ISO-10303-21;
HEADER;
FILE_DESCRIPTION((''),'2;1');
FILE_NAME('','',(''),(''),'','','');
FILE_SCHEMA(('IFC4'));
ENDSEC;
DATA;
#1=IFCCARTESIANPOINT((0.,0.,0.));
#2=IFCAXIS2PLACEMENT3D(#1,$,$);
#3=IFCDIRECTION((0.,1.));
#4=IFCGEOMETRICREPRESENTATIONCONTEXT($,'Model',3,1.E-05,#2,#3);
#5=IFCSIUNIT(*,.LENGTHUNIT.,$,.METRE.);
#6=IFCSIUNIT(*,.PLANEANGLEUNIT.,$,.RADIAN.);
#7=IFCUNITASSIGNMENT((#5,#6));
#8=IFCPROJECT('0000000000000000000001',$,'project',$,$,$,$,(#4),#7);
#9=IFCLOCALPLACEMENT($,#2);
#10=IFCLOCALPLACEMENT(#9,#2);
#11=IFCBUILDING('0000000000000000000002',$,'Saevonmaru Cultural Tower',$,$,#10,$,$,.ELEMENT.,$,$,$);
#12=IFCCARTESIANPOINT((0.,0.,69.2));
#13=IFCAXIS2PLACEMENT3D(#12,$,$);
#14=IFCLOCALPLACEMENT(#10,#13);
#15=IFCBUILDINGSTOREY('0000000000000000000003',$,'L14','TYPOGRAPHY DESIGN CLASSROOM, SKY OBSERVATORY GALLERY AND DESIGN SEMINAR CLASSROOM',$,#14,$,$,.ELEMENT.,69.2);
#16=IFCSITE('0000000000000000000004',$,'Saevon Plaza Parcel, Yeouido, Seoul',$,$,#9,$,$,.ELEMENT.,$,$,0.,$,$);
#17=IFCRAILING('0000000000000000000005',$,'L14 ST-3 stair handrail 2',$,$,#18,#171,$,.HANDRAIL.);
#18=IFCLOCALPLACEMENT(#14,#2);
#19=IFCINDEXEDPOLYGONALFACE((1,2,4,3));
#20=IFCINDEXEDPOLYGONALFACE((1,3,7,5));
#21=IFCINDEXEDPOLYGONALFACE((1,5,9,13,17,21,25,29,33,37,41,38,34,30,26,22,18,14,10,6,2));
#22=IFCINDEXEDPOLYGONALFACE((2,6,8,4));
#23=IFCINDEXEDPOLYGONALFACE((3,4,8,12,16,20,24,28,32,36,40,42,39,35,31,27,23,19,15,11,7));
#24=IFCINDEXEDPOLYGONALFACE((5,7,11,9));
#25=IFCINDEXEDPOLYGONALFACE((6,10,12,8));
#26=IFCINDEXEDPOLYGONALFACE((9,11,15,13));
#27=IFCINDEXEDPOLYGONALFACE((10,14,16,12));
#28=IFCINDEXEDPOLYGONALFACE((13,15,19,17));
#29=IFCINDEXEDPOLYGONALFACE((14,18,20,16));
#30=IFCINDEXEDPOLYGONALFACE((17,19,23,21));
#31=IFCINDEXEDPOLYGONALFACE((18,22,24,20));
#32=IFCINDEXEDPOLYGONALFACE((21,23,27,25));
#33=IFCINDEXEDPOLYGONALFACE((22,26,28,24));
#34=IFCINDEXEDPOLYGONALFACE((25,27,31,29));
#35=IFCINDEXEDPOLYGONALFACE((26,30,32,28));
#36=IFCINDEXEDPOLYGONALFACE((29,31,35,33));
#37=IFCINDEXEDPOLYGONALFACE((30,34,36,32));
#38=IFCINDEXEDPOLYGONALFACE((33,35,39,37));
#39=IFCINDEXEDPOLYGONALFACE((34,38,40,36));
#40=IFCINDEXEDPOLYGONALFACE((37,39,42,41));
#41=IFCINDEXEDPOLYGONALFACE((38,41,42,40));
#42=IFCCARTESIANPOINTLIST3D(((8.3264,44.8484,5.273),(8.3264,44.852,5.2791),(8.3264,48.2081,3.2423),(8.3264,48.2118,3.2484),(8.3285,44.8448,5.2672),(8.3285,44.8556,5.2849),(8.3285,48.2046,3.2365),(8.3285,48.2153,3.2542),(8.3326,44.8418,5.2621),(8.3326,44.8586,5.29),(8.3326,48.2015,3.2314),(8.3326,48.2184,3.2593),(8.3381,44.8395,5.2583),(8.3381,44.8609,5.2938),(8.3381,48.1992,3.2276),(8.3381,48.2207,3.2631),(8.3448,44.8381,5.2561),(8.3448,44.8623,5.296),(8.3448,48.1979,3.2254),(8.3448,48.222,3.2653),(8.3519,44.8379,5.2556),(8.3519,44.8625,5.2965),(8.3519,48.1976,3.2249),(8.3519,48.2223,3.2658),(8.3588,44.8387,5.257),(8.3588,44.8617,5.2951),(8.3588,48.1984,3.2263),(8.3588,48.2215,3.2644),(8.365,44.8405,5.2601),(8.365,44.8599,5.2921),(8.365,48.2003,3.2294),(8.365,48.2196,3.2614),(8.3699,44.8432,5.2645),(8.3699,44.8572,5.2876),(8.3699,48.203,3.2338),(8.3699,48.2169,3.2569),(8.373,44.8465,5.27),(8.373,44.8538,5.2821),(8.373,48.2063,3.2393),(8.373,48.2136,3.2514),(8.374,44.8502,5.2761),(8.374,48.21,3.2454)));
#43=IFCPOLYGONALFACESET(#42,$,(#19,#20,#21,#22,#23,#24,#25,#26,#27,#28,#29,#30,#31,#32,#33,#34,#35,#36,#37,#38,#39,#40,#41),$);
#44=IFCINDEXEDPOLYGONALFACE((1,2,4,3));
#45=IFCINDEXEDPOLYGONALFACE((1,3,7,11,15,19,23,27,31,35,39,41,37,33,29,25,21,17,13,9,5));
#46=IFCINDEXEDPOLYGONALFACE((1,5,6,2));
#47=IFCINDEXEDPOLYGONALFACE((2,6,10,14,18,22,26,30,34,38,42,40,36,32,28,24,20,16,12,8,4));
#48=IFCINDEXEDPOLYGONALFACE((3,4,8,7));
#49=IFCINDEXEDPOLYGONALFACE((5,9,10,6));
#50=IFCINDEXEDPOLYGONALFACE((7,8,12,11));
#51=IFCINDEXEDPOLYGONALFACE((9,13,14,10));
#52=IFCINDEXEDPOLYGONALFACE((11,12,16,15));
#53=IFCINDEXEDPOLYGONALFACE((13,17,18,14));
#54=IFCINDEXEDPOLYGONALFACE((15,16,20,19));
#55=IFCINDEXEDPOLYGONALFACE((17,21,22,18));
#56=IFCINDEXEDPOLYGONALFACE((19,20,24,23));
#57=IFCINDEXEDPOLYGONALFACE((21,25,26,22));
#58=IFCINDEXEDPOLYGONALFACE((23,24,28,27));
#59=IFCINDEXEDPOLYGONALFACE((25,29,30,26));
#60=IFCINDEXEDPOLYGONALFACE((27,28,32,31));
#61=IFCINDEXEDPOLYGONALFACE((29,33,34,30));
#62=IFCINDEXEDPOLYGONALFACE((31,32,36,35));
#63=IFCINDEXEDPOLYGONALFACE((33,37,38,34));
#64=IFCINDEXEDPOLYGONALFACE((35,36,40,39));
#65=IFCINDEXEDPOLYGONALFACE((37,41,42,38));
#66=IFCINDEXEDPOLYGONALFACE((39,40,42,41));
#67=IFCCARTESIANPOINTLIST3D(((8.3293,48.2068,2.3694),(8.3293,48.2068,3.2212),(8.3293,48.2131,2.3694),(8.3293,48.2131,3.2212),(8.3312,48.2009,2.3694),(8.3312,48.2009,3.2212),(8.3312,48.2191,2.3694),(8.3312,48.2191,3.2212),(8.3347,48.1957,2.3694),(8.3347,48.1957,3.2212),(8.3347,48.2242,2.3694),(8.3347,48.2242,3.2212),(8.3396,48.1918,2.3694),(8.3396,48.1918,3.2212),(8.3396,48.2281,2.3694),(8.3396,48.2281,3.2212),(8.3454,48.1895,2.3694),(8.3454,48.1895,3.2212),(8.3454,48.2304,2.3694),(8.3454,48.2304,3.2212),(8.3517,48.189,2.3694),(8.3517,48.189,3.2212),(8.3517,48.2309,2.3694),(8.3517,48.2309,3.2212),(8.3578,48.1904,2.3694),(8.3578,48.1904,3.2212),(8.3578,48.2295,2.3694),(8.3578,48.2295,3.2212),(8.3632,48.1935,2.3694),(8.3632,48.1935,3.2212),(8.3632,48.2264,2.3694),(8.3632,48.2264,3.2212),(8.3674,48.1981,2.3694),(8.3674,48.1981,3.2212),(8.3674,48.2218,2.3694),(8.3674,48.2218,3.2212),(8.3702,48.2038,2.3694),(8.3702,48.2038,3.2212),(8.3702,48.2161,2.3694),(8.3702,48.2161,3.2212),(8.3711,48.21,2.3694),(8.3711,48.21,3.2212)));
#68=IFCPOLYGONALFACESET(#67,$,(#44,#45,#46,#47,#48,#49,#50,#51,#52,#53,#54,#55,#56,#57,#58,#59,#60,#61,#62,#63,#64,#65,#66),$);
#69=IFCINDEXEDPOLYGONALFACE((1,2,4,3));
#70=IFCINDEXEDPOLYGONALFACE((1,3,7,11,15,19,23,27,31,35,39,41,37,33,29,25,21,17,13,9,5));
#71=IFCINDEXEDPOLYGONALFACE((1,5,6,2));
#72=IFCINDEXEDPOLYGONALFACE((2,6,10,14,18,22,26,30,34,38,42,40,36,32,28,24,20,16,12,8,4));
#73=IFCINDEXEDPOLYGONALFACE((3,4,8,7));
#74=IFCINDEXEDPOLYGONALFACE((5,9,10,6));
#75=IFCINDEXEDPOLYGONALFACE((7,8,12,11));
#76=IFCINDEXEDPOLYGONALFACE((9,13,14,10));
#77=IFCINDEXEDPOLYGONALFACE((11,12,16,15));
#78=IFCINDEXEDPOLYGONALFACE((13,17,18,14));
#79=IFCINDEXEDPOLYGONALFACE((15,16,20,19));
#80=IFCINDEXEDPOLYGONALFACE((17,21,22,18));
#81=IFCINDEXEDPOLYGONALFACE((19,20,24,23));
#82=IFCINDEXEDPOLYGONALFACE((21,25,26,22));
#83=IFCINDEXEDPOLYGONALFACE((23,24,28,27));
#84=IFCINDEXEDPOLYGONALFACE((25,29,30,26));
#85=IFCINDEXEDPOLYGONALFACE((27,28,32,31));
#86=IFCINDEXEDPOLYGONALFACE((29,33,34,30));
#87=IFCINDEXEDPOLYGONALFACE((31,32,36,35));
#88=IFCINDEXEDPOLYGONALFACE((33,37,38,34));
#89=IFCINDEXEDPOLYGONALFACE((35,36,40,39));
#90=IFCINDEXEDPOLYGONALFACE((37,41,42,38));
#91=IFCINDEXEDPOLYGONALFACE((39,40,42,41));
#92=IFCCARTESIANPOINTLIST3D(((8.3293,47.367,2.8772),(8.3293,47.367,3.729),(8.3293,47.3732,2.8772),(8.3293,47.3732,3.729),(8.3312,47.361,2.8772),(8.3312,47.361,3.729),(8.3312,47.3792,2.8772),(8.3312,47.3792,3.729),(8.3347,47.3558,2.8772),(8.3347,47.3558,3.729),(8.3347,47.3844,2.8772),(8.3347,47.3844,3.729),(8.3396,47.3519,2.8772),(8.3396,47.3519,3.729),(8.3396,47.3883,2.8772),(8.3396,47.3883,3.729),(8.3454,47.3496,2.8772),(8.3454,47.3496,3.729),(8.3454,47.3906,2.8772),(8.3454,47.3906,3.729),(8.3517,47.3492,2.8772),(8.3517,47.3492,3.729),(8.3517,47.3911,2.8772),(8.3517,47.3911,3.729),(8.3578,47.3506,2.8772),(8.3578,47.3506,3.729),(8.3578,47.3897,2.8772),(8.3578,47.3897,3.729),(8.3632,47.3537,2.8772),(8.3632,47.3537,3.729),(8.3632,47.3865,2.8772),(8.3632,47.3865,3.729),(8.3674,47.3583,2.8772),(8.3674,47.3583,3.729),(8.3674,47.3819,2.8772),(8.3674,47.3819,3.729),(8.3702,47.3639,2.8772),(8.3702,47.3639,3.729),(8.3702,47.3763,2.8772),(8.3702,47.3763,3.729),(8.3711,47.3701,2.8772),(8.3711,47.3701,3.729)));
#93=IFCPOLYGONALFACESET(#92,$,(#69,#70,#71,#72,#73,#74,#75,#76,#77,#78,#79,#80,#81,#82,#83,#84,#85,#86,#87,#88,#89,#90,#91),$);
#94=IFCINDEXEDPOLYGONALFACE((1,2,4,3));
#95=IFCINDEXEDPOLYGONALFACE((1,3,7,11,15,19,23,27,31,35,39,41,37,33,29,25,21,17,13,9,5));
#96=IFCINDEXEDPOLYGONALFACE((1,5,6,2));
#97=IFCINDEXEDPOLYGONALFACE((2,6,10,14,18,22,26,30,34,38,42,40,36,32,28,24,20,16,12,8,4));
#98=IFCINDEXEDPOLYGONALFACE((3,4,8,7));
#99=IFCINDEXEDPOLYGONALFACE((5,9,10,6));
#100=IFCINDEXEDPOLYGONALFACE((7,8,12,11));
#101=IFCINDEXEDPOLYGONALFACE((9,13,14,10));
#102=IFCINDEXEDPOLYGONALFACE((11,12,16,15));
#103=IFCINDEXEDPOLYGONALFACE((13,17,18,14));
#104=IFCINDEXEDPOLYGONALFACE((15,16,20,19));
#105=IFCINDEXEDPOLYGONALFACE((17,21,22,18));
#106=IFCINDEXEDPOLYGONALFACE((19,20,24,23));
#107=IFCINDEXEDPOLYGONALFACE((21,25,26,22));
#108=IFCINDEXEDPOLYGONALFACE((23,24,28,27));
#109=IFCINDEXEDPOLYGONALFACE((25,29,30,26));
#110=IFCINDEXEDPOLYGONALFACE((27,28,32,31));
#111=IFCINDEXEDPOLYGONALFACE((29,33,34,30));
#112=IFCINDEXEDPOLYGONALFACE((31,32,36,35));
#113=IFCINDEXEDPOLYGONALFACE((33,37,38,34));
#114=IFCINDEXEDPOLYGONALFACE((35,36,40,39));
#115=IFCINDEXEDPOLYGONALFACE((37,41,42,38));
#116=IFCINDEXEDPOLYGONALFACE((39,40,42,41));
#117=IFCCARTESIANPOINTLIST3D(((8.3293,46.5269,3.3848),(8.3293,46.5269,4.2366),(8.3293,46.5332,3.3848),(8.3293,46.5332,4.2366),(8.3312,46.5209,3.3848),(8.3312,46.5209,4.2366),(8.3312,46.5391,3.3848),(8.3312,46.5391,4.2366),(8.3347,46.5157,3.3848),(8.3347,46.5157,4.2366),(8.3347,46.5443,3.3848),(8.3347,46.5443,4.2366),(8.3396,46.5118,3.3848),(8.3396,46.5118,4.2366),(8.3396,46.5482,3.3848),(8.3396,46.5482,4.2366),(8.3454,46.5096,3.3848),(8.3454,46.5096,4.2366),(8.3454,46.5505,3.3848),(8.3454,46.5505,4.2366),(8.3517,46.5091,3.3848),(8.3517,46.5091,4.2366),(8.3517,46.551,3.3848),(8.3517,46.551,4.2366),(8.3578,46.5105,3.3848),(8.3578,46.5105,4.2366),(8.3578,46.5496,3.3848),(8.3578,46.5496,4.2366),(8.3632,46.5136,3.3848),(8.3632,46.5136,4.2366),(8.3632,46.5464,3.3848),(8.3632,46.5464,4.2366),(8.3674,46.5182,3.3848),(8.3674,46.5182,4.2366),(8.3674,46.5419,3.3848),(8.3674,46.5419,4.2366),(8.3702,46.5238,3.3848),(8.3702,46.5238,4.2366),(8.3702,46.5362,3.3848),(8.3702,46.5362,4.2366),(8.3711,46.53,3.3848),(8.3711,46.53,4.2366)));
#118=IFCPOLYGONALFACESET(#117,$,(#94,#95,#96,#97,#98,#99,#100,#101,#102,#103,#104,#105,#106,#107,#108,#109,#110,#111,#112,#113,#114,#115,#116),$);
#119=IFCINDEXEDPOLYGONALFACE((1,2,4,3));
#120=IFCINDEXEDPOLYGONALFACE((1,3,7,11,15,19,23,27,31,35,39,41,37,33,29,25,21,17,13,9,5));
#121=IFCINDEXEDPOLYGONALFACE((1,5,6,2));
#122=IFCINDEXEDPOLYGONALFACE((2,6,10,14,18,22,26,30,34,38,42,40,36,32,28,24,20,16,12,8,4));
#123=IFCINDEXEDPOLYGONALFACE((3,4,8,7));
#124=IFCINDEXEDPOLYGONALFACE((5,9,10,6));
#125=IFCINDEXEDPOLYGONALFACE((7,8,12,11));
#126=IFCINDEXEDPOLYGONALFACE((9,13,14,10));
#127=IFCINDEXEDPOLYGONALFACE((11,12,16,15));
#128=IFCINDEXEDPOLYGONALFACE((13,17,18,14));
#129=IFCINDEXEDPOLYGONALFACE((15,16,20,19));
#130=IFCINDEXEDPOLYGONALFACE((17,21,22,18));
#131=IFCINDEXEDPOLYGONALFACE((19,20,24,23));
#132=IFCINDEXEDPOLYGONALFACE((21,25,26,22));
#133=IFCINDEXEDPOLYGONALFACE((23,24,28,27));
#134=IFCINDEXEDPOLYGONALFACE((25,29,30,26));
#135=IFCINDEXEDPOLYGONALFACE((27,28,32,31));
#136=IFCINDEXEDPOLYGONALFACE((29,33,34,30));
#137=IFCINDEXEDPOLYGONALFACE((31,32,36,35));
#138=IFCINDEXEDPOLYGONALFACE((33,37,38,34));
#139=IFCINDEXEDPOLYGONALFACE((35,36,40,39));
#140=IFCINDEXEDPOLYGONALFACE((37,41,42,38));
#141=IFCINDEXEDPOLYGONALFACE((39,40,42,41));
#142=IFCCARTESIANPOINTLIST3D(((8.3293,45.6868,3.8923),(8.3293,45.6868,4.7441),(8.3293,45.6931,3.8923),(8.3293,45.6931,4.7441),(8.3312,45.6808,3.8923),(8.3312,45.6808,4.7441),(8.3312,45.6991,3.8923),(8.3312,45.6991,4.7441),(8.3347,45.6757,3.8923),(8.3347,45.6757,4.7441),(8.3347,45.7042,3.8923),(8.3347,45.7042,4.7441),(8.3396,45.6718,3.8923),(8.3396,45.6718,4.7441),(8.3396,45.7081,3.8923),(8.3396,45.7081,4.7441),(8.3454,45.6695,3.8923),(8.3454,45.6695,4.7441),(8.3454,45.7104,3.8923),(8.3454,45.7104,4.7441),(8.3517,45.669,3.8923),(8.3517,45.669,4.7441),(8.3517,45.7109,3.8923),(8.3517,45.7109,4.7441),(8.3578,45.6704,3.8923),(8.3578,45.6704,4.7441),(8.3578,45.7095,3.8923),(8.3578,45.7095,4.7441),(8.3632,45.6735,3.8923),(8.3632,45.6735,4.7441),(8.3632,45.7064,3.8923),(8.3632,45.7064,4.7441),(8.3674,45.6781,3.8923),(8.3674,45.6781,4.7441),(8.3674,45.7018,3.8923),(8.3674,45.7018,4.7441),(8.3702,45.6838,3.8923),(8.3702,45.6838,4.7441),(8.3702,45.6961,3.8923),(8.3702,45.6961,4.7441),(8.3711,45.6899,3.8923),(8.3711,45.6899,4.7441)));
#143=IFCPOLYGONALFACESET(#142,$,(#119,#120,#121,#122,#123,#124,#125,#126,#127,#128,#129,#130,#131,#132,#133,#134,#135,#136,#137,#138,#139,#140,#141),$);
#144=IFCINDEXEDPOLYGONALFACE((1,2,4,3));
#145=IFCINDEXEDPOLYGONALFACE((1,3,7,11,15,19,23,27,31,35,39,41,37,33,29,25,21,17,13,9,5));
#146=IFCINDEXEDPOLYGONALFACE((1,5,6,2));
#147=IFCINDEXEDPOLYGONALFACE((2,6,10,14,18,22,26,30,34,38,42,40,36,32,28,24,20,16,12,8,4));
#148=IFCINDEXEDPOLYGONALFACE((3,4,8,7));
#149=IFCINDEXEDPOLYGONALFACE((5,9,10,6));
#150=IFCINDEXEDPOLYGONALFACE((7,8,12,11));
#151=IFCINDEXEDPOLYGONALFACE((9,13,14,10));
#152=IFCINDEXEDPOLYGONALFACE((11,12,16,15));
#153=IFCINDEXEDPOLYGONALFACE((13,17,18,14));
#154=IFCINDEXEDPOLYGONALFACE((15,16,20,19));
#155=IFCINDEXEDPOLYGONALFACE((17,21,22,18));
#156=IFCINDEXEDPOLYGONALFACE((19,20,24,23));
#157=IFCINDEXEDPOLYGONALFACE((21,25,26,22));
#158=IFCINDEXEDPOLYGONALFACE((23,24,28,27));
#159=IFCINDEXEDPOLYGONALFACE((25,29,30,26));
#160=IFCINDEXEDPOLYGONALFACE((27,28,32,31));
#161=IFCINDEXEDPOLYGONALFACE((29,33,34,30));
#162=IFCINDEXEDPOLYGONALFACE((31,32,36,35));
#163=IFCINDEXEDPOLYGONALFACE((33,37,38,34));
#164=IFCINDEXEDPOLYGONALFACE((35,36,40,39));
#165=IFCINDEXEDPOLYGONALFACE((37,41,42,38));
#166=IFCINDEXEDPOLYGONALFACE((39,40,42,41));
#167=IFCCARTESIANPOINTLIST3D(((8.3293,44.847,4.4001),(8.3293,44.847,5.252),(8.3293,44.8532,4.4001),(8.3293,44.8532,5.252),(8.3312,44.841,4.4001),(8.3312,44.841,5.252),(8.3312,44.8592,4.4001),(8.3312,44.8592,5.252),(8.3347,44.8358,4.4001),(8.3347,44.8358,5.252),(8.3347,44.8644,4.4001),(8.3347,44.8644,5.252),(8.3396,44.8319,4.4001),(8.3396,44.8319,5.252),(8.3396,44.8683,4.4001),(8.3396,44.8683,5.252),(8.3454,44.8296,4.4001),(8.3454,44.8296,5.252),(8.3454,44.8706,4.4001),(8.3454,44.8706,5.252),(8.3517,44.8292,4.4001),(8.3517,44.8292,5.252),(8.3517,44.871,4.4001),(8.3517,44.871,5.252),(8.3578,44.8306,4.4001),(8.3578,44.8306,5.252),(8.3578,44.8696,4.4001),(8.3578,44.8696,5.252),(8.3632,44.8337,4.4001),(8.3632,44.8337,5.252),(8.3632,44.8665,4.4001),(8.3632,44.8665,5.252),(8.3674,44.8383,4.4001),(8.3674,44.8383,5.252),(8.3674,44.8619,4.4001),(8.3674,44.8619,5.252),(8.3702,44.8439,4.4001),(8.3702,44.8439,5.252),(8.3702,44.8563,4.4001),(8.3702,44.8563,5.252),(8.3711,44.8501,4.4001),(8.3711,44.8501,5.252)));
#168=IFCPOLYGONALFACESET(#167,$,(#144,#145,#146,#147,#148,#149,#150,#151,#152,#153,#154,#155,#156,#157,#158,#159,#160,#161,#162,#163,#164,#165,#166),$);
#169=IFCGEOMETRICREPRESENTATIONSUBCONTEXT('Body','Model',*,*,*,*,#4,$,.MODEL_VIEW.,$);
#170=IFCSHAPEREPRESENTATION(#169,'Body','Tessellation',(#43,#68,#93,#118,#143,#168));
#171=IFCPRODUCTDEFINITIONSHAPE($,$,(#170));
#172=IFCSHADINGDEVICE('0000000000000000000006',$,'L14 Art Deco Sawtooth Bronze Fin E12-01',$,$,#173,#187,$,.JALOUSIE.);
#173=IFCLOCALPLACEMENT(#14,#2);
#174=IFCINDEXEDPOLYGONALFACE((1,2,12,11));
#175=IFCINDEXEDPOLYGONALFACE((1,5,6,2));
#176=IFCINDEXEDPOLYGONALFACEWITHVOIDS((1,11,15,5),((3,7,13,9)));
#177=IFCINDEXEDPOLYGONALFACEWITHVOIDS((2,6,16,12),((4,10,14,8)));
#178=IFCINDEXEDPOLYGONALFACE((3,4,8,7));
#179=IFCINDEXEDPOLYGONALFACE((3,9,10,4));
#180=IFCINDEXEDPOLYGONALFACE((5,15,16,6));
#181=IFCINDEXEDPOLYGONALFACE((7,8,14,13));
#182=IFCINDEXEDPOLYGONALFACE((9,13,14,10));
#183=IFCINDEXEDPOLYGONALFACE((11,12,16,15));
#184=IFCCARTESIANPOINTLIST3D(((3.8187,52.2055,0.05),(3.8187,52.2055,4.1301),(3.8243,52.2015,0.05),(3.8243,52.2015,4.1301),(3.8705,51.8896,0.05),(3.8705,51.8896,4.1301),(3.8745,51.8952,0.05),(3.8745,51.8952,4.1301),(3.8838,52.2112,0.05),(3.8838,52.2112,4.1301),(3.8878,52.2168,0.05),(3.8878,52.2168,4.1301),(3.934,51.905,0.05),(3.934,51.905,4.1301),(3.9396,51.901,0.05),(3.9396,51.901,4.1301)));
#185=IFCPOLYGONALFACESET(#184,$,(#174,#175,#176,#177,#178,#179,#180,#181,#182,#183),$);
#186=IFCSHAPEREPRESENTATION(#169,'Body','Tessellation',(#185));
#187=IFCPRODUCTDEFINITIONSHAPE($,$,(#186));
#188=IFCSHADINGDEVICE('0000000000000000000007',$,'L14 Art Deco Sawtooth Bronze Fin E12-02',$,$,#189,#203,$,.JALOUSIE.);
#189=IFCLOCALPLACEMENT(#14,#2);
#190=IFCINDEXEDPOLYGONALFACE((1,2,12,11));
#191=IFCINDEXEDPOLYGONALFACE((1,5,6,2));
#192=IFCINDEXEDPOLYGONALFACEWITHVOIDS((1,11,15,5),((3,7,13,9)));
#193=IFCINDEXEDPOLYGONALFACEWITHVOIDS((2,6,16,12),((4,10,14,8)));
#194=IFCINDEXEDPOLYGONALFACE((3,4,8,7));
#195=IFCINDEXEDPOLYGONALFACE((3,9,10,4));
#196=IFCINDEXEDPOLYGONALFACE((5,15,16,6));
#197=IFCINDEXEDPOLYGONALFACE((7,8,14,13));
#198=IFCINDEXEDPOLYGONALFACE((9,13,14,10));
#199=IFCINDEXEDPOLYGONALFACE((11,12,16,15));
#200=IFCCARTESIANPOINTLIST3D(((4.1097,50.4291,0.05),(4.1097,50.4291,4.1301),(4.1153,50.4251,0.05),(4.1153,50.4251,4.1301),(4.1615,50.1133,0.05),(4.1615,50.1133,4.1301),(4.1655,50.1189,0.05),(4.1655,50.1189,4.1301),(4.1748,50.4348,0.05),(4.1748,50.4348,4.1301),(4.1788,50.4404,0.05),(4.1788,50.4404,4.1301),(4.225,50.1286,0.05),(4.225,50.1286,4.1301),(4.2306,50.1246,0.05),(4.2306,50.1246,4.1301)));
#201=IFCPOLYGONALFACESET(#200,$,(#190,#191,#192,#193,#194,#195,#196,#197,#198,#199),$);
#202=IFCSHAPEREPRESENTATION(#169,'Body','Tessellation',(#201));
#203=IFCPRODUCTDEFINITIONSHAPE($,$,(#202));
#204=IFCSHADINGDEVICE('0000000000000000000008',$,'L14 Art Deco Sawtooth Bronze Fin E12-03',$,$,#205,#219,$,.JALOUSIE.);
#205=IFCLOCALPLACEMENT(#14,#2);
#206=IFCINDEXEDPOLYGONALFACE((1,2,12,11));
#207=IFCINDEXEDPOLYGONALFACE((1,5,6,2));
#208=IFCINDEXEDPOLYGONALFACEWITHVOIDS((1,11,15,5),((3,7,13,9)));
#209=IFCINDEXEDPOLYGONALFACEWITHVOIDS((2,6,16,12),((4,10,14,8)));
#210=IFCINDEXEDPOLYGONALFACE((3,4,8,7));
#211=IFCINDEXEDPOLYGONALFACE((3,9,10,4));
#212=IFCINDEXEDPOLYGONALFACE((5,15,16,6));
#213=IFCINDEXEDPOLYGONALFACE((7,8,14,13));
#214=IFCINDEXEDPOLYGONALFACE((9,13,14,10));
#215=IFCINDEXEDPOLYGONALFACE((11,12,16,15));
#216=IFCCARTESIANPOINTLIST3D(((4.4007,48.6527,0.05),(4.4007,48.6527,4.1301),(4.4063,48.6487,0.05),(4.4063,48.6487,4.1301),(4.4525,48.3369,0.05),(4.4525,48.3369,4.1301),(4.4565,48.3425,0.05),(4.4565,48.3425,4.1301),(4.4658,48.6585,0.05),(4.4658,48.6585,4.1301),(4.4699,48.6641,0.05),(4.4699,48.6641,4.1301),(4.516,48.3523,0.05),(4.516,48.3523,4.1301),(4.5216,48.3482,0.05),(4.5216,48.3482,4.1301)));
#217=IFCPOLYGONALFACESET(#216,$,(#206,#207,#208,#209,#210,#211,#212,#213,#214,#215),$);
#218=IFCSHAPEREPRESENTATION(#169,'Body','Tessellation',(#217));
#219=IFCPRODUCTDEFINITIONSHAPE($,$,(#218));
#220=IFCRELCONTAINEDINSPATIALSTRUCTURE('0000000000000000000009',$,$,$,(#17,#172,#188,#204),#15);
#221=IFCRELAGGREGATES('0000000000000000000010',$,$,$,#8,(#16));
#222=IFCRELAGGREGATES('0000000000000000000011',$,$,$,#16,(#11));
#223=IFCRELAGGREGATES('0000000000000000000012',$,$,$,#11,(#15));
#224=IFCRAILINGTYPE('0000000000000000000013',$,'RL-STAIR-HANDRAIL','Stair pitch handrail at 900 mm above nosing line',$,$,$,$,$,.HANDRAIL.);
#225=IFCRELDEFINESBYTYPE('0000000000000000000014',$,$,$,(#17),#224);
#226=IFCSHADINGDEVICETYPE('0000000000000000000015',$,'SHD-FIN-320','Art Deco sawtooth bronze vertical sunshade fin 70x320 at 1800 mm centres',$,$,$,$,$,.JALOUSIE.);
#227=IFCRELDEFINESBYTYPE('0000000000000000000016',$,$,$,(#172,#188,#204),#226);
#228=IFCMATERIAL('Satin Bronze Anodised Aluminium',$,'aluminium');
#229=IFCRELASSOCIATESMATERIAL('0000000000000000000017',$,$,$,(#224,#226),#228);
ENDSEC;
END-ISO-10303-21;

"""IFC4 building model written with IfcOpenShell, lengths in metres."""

from ifc_helpers import new_model, si_unit, direction, frame, origin, origin_2d, place, context, subcontext, project, spatial, hollow_rectangle, circle, extrude, material, material_profile, profile_set, type_object, element, save


model = new_model("IFC4")

# Units and contexts
model_context = context("Model", 3, precision=1e-05, world=origin(), true_north=direction((0.0, 1.0)))
body_context = subcontext(model_context, "Body", "Model", "MODEL_VIEW")
ifc_project = project(units=[si_unit("LENGTHUNIT", "METRE"), si_unit("PLANEANGLEUNIT", "RADIAN")], contexts=[model_context])

# Site, building, storey
site_placement = place(None, origin())
site = spatial("IfcSite", under=ifc_project, at=site_placement, Name="Saevon Plaza Parcel, Yeouido, Seoul", CompositionType="ELEMENT", RefElevation=0.0)
building_placement = place(site_placement, origin())
building = spatial("IfcBuilding", under=site, at=building_placement, Name="Saevonmaru Cultural Tower", CompositionType="ELEMENT")
storey_placement = place(building_placement, frame((0.0, 0.0, 69.2)))
storey = spatial("IfcBuildingStorey", under=building, at=storey_placement, Name="L14", Description="TYPOGRAPHY DESIGN CLASSROOM, SKY OBSERVATORY GALLERY AND DESIGN SEMINAR CLASSROOM", CompositionType="ELEMENT", Elevation=69.2)

# Shared definitions
ifc_material_1 = material(Name="Satin Bronze Anodised Aluminium", Category="aluminium")

# Railing
railing_type_1 = type_object("IfcRailingType", Name="RL-STAIR-HANDRAIL", Description="Stair pitch handrail at 900 mm above nosing line", PredefinedType="HANDRAIL", material=ifc_material_1)
railing_1_placement = place(storey_placement, frame((8.3501, 48.21, 2.3694)))
element("IfcRailing", 1, at=railing_1_placement, inside=storey, type_object=railing_type_1, Name="L14 ST-3 stair handrail 2", PredefinedType="HANDRAIL", context=body_context, shape_type="SweptSolid", body=[
    extrude(circle(Radius=0.0239, at=origin_2d()), frame((0.0, 0.0, 0.876), z_axis=(0.0, -0.85582, 0.517273), x_axis=(1.0, 0.0, 0.0)), (0.0, 0.0, 1.0), 3.9258),
    extrude(circle(Radius=0.021, at=origin_2d()), origin(), (0.0, 0.0, 1.0), 0.8518),
    extrude(circle(Radius=0.021, at=origin_2d()), frame((0.0, -0.8398, 0.5078)), (0.0, 0.0, 1.0), 0.8518),
    extrude(circle(Radius=0.021, at=origin_2d()), frame((0.0, -1.6799, 1.0154)), (0.0, 0.0, 1.0), 0.8518),
    extrude(circle(Radius=0.021, at=origin_2d()), frame((0.0, -2.52, 1.5229)), (0.0, 0.0, 1.0), 0.8518),
    extrude(circle(Radius=0.021, at=origin_2d()), frame((0.0, -3.3599, 2.0308)), (0.0, 0.0, 1.0), 0.8518),
])

# Shading devices
ifc_material_profile_1 = material_profile(ifc_material_1, hollow_rectangle(XDim=0.0701, YDim=0.3201, WallThickness=0.0049, at=origin_2d()), Name="FIN-320x70")
ifc_profile_set_1 = profile_set([ifc_material_profile_1], Name="Satin Bronze Anodised Aluminium")
shading_device_type = type_object("IfcShadingDeviceType", Name="SHD-FIN-320", Description="Art Deco sawtooth bronze vertical sunshade fin 70x320 at 1800 mm centres", PredefinedType="JALOUSIE", material=ifc_profile_set_1)
for number, where, z_axis, x_axis, name in (
    (2, (3.8792, 52.0532, 0.05), (0.0, 0.0, 1.0), (-0.986827, -0.161776, 0.0), "L14 Art Deco Sawtooth Bronze Fin E12-01"),
    (3, (4.1702, 50.2769, 0.05), (0.0, 0.0, 1.0), (-0.986827, -0.161776, 0.0), "L14 Art Deco Sawtooth Bronze Fin E12-02"),
    (4, (4.4612, 48.5005, 0.05), (0.0, 0.0, 1.0), (-0.986827, -0.161776, 0.0), "L14 Art Deco Sawtooth Bronze Fin E12-03"),
):
    element("IfcShadingDevice", number, at=place(storey_placement, frame(where, z_axis=z_axis, x_axis=x_axis)), inside=storey, type_object=shading_device_type, Name=name, PredefinedType="JALOUSIE", context=body_context, shape_type="SweptSolid", body=[
        extrude(hollow_rectangle(XDim=0.0701, YDim=0.3201, WallThickness=0.0049, at=origin_2d()), origin(), (0.0, 0.0, 1.0), 4.0801),
    ])

save(model, "model.ifc")
